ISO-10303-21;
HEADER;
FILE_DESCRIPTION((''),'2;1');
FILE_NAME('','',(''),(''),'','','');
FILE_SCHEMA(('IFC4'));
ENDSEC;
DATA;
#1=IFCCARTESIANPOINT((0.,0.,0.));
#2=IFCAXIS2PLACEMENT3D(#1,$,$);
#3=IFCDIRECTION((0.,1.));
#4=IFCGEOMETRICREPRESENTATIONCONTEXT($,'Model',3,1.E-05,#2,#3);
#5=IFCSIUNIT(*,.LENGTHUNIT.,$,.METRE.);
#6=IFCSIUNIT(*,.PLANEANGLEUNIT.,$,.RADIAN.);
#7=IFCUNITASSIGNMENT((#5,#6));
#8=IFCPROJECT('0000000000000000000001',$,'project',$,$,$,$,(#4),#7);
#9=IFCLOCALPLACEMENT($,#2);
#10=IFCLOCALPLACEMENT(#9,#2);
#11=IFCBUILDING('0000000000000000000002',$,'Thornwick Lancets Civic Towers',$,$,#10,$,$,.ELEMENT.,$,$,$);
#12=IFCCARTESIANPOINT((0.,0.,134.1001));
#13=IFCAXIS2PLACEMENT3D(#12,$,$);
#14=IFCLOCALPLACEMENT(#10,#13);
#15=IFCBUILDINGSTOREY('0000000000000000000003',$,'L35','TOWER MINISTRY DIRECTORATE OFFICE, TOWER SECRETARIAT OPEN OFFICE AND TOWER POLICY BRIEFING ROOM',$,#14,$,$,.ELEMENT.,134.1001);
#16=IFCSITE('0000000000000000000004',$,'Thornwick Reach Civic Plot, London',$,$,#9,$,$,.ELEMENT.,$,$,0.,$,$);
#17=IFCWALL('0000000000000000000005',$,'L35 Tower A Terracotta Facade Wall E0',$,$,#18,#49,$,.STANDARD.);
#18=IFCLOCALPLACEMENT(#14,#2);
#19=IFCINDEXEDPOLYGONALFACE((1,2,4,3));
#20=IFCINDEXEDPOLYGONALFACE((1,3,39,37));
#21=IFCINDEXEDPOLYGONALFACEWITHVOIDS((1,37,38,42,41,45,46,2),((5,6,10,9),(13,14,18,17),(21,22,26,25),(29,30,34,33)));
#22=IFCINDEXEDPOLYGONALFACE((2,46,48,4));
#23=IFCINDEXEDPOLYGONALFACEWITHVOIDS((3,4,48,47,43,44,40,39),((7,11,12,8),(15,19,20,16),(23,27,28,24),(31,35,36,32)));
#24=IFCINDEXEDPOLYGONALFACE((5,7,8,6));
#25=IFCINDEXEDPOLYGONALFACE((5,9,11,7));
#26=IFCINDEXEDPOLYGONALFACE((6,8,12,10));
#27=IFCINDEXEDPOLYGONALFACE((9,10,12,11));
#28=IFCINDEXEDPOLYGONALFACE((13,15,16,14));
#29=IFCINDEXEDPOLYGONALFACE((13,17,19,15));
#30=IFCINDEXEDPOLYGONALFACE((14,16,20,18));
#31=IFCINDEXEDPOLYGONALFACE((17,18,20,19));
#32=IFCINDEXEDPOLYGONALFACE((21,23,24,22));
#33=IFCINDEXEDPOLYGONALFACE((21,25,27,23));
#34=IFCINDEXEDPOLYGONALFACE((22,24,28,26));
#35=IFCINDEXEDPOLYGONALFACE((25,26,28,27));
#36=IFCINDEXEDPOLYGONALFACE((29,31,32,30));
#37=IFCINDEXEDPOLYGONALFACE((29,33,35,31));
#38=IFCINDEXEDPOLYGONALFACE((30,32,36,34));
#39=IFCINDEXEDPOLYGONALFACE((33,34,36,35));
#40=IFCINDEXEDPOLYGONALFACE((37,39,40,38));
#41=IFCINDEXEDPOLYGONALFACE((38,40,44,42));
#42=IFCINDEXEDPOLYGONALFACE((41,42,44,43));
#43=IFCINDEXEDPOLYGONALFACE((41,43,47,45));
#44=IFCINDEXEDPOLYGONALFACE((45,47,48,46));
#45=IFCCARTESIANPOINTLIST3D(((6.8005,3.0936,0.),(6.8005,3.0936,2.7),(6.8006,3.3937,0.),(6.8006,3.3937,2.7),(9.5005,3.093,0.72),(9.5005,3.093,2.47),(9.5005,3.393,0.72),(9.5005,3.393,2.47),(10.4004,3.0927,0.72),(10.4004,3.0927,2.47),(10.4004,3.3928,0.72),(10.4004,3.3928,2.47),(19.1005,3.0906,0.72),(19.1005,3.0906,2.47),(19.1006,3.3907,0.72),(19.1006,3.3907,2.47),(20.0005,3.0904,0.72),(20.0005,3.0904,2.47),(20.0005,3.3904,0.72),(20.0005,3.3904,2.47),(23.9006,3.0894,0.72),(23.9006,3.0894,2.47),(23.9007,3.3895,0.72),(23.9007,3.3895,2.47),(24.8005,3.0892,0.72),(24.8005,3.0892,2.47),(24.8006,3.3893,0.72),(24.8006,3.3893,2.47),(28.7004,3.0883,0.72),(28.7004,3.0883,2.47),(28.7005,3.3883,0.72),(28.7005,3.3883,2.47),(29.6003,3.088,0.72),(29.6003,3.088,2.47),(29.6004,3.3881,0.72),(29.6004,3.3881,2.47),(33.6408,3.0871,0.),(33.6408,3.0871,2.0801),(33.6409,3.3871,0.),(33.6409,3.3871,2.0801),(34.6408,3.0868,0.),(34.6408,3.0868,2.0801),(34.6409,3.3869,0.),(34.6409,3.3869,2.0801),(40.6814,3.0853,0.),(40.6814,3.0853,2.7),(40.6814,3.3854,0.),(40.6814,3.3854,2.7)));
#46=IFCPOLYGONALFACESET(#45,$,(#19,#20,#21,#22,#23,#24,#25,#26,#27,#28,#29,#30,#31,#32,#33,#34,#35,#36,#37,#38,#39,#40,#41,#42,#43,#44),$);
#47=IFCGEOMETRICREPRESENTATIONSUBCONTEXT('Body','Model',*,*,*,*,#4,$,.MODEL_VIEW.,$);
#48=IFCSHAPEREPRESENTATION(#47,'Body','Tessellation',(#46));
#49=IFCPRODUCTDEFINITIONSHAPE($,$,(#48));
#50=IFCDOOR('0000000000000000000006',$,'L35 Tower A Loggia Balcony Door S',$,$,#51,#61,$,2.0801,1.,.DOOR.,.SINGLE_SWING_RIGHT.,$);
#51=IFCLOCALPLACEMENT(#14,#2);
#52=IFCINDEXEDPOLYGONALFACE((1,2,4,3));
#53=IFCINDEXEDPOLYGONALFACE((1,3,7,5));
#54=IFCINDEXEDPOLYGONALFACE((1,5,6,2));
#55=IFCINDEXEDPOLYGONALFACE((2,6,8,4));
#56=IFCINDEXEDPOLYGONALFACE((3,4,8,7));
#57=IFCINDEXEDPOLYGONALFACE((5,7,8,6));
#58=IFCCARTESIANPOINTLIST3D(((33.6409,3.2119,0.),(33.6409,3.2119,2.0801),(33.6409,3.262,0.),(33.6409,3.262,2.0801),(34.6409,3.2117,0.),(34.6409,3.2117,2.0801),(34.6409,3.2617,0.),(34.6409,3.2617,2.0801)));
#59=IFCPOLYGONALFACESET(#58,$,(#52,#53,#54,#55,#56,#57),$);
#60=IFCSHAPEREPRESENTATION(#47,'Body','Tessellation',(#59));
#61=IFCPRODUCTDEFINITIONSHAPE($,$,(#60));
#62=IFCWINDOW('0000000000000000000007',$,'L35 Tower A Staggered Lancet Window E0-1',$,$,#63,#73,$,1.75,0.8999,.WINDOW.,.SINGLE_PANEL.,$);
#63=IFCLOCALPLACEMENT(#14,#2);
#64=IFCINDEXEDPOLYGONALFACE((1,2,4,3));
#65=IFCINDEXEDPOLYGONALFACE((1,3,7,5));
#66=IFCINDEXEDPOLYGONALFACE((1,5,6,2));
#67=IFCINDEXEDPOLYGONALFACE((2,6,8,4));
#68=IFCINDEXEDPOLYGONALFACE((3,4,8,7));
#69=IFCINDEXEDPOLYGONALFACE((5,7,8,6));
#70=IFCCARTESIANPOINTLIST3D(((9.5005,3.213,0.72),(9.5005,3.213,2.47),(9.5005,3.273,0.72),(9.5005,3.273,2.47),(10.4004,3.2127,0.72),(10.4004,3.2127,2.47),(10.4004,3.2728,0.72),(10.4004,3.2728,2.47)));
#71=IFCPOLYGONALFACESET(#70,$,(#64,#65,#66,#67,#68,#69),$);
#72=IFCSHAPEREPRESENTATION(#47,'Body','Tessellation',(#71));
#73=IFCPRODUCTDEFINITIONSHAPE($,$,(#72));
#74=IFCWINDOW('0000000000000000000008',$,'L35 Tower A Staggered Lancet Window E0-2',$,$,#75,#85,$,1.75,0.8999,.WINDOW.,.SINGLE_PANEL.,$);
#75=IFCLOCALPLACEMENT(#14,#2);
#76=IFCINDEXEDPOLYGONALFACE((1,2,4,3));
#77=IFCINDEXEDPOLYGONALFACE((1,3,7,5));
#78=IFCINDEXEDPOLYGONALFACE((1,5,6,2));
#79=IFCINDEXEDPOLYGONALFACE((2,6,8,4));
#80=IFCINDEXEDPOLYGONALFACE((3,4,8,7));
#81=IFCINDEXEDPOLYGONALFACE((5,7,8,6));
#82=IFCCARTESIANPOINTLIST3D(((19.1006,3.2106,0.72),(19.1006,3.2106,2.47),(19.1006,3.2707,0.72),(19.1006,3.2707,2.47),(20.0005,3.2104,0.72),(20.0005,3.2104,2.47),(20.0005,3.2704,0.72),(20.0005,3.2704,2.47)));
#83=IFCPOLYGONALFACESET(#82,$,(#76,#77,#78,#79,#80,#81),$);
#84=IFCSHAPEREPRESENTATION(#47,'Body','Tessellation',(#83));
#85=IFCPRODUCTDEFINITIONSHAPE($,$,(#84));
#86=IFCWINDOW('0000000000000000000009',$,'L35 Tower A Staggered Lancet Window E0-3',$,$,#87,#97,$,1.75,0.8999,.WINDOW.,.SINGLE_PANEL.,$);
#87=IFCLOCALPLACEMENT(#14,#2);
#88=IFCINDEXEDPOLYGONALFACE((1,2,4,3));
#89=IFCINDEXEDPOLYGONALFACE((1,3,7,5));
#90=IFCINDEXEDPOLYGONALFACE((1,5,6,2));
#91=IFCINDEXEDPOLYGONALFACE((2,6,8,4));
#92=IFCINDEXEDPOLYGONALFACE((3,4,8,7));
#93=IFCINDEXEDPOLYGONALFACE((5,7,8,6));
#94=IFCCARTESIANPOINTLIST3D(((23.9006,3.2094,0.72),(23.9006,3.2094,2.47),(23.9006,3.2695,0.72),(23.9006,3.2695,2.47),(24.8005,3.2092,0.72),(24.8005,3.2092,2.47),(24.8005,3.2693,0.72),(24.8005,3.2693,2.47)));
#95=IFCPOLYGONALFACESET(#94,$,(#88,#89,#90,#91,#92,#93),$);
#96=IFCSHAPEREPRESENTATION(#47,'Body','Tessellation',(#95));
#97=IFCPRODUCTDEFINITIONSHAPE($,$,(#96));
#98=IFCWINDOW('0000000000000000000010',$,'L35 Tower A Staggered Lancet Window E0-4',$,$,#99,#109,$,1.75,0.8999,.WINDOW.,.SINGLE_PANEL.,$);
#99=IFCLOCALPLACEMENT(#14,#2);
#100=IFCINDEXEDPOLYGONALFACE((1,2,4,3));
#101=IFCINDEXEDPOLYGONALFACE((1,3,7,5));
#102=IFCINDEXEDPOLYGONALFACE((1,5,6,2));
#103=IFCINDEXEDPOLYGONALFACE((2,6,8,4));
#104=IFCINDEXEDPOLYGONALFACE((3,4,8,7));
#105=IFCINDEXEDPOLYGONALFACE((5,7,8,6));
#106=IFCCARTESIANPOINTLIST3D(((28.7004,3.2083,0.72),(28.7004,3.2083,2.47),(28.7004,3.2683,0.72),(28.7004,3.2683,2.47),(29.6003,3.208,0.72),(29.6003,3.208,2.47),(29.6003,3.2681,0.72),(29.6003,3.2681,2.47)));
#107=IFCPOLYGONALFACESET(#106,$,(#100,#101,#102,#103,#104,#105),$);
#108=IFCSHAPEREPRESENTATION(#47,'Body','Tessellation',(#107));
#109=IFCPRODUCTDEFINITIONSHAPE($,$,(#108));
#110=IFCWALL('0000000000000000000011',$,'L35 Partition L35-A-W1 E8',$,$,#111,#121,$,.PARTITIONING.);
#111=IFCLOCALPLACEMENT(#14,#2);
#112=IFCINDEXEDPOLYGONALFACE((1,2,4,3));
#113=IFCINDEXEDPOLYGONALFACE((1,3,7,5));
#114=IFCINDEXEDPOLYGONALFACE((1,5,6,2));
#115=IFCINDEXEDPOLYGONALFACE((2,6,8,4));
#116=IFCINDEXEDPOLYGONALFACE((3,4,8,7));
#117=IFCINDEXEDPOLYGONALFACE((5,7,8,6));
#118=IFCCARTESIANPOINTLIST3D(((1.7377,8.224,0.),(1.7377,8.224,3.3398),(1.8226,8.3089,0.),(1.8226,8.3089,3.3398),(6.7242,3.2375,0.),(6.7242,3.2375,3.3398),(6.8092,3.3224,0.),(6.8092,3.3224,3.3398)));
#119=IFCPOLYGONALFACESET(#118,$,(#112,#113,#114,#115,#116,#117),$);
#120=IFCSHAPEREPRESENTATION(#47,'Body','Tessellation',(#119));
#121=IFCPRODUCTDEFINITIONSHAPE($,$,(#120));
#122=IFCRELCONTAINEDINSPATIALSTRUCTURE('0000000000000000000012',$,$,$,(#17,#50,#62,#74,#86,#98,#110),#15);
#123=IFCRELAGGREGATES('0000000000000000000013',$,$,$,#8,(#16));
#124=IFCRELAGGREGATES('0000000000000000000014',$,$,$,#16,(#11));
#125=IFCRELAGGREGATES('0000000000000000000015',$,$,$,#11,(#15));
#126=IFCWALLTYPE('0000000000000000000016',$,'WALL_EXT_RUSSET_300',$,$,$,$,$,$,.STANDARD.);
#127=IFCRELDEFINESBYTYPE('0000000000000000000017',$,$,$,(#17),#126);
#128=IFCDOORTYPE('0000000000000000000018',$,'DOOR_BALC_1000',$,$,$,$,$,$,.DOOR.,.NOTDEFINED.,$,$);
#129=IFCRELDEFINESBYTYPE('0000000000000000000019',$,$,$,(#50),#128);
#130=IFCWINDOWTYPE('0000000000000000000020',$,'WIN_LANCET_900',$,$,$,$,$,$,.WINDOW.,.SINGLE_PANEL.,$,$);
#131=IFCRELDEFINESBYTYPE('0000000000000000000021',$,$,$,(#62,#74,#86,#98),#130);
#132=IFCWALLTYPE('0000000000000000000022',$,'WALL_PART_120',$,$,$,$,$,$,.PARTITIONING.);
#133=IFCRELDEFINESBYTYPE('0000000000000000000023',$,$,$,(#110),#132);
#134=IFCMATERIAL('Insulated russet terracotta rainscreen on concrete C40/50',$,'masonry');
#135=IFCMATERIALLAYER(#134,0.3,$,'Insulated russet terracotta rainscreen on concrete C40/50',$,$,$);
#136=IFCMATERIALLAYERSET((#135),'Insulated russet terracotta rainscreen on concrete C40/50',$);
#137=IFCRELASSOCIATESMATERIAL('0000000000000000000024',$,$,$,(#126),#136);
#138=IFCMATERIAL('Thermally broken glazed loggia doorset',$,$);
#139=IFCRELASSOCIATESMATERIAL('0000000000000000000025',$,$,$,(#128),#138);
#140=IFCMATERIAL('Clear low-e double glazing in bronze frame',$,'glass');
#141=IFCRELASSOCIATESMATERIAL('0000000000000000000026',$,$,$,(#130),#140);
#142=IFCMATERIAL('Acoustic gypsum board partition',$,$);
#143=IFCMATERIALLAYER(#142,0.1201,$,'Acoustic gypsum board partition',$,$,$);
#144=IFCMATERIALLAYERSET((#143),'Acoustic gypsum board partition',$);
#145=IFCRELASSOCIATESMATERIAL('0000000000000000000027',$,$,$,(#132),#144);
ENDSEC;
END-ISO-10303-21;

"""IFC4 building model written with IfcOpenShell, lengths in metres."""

from ifc_helpers import new_model, si_unit, direction, frame, frame_2d, origin, place, context, subcontext, project, spatial, rectangle, extrude, material, layer, layer_set, type_object, element, fill, save


model = new_model("IFC4")

# Units and contexts
model_context = context("Model", 3, precision=1e-05, world=origin(), true_north=direction((0.0, 1.0)))
body_context = subcontext(model_context, "Body", "Model", "MODEL_VIEW")
ifc_project = project(units=[si_unit("LENGTHUNIT", "METRE"), si_unit("PLANEANGLEUNIT", "RADIAN")], contexts=[model_context])

# Site, building, storey
site_placement = place(None, origin())
site = spatial("IfcSite", under=ifc_project, at=site_placement, Name="Thornwick Reach Civic Plot, London", CompositionType="ELEMENT", RefElevation=0.0)
building_placement = place(site_placement, origin())
building = spatial("IfcBuilding", under=site, at=building_placement, Name="Thornwick Lancets Civic Towers", CompositionType="ELEMENT")
storey_placement = place(building_placement, frame((0.0, 0.0, 134.1001)))
storey = spatial("IfcBuildingStorey", under=building, at=storey_placement, Name="L35", Description="TOWER MINISTRY DIRECTORATE OFFICE, TOWER SECRETARIAT OPEN OFFICE AND TOWER POLICY BRIEFING ROOM", CompositionType="ELEMENT", Elevation=134.1001)

# Wall, openings, door, windows
ifc_material_1 = material(Name="Insulated russet terracotta rainscreen on concrete C40/50", Category="masonry")
ifc_layer_1 = layer(ifc_material_1, 0.3, Name="Insulated russet terracotta rainscreen on concrete C40/50")
ifc_layer_set_1 = layer_set([ifc_layer_1], Name="Insulated russet terracotta rainscreen on concrete C40/50")
wall_type_1 = type_object("IfcWallType", Name="WALL_EXT_RUSSET_300", PredefinedType="STANDARD", material=ifc_layer_set_1)
wall_1_placement = place(storey_placement, frame((6.8005, 3.2437, 0.0), z_axis=(0.0, 0.0, 1.0), x_axis=(1.0, -0.000245, 0.0)))
wall_1 = element("IfcWall", 1, at=wall_1_placement, inside=storey, type_object=wall_type_1, Name="L35 Tower A Terracotta Facade Wall E0", PredefinedType="STANDARD", context=body_context, shape_type="SweptSolid", body=[
    extrude(rectangle(XDim=33.8809, YDim=0.3, at=frame_2d((16.9404, 0.0))), origin(), (0.0, 0.0, 1.0), 2.7),
])
opening_1_placement = place(wall_1_placement, frame((26.8403, 0.0, 0.0)))
opening_1 = element("IfcOpeningElement", 2, at=opening_1_placement, cuts=wall_1, PredefinedType="OPENING", context=body_context, shape_type="SweptSolid", body=[
    extrude(rectangle(XDim=1.0, YDim=2.0801, at=frame_2d((0.5, 1.04))), frame((0.0, 0.1602, 0.0), z_axis=(0.0, -1.0, 0.0), x_axis=(1.0, 0.0, 0.0)), (0.0, 0.0, 1.0), 0.3201),
])
opening_2_placement = place(wall_1_placement, frame((2.7, 0.0, 0.72)))
opening_2 = element("IfcOpeningElement", 3, at=opening_2_placement, cuts=wall_1, PredefinedType="OPENING", context=body_context, shape_type="SweptSolid", body=[
    extrude(rectangle(XDim=0.8999, YDim=1.75, at=frame_2d((0.45, 0.875))), frame((0.0, 0.1602, 0.0), z_axis=(0.0, -1.0, 0.0), x_axis=(1.0, 0.0, 0.0)), (0.0, 0.0, 1.0), 0.3201),
])
opening_3_placement = place(wall_1_placement, frame((12.3, 0.0, 0.72)))
opening_3 = element("IfcOpeningElement", 4, at=opening_3_placement, cuts=wall_1, PredefinedType="OPENING", context=body_context, shape_type="SweptSolid", body=[
    extrude(rectangle(XDim=0.8999, YDim=1.75, at=frame_2d((0.45, 0.875))), frame((0.0, 0.1602, 0.0), z_axis=(0.0, -1.0, 0.0), x_axis=(1.0, 0.0, 0.0)), (0.0, 0.0, 1.0), 0.3201),
])
opening_4_placement = place(wall_1_placement, frame((17.1001, 0.0, 0.72)))
opening_4 = element("IfcOpeningElement", 5, at=opening_4_placement, cuts=wall_1, PredefinedType="OPENING", context=body_context, shape_type="SweptSolid", body=[
    extrude(rectangle(XDim=0.8999, YDim=1.75, at=frame_2d((0.45, 0.875))), frame((0.0, 0.1602, 0.0), z_axis=(0.0, -1.0, 0.0), x_axis=(1.0, 0.0, 0.0)), (0.0, 0.0, 1.0), 0.3201),
])
opening_5_placement = place(wall_1_placement, frame((21.8999, 0.0, 0.72)))
opening_5 = element("IfcOpeningElement", 6, at=opening_5_placement, cuts=wall_1, PredefinedType="OPENING", context=body_context, shape_type="SweptSolid", body=[
    extrude(rectangle(XDim=0.8999, YDim=1.75, at=frame_2d((0.45, 0.875))), frame((0.0, 0.1602, 0.0), z_axis=(0.0, -1.0, 0.0), x_axis=(1.0, 0.0, 0.0)), (0.0, 0.0, 1.0), 0.3201),
])
ifc_material_2 = material(Name="Thermally broken glazed loggia doorset")
door_type = type_object("IfcDoorType", Name="DOOR_BALC_1000", OperationType="NOTDEFINED", PredefinedType="DOOR", material=ifc_material_2)
door_placement = place(opening_1_placement, origin())
door = element("IfcDoor", 7, at=door_placement, inside=storey, type_object=door_type, Name="L35 Tower A Loggia Balcony Door S", OperationType="SINGLE_SWING_RIGHT", OverallHeight=2.0801, OverallWidth=1.0, PredefinedType="DOOR", context=body_context, shape_type="SweptSolid", body=[
    extrude(rectangle(XDim=1.0, YDim=2.0801, at=frame_2d((0.5, 1.04))), frame((0.0, 0.0249, 0.0), z_axis=(0.0, -1.0, 0.0), x_axis=(1.0, 0.0, 0.0)), (0.0, 0.0, 1.0), 0.05),
])
fill(opening_1, door)
ifc_material_3 = material(Name="Clear low-e double glazing in bronze frame", Category="glass")
window_type = type_object("IfcWindowType", Name="WIN_LANCET_900", PartitioningType="SINGLE_PANEL", PredefinedType="WINDOW", material=ifc_material_3)
window_1_placement = place(opening_2_placement, origin())
window_1 = element("IfcWindow", 8, at=window_1_placement, inside=storey, type_object=window_type, Name="L35 Tower A Staggered Lancet Window E0-1", OverallHeight=1.75, OverallWidth=0.8999, PartitioningType="SINGLE_PANEL", PredefinedType="WINDOW", context=body_context, shape_type="SweptSolid", body=[
    extrude(rectangle(XDim=0.8999, YDim=1.75, at=frame_2d((0.45, 0.875))), frame((0.0, 0.03, 0.0), z_axis=(0.0, -1.0, 0.0), x_axis=(1.0, 0.0, 0.0)), (0.0, 0.0, 1.0), 0.0601),
])
fill(opening_2, window_1)
window_2_placement = place(opening_3_placement, origin())
window_2 = element("IfcWindow", 9, at=window_2_placement, inside=storey, type_object=window_type, Name="L35 Tower A Staggered Lancet Window E0-2", OverallHeight=1.75, OverallWidth=0.8999, PartitioningType="SINGLE_PANEL", PredefinedType="WINDOW", context=body_context, shape_type="SweptSolid", body=[
    extrude(rectangle(XDim=0.8999, YDim=1.75, at=frame_2d((0.45, 0.875))), frame((0.0, 0.03, 0.0), z_axis=(0.0, -1.0, 0.0), x_axis=(1.0, 0.0, 0.0)), (0.0, 0.0, 1.0), 0.0601),
])
fill(opening_3, window_2)
window_3_placement = place(opening_4_placement, origin())
window_3 = element("IfcWindow", 10, at=window_3_placement, inside=storey, type_object=window_type, Name="L35 Tower A Staggered Lancet Window E0-3", OverallHeight=1.75, OverallWidth=0.8999, PartitioningType="SINGLE_PANEL", PredefinedType="WINDOW", context=body_context, shape_type="SweptSolid", body=[
    extrude(rectangle(XDim=0.8999, YDim=1.75, at=frame_2d((0.45, 0.875))), frame((0.0, 0.03, 0.0), z_axis=(0.0, -1.0, 0.0), x_axis=(1.0, 0.0, 0.0)), (0.0, 0.0, 1.0), 0.0601),
])
fill(opening_4, window_3)
window_4_placement = place(opening_5_placement, origin())
window_4 = element("IfcWindow", 11, at=window_4_placement, inside=storey, type_object=window_type, Name="L35 Tower A Staggered Lancet Window E0-4", OverallHeight=1.75, OverallWidth=0.8999, PartitioningType="SINGLE_PANEL", PredefinedType="WINDOW", context=body_context, shape_type="SweptSolid", body=[
    extrude(rectangle(XDim=0.8999, YDim=1.75, at=frame_2d((0.45, 0.875))), frame((0.0, 0.03, 0.0), z_axis=(0.0, -1.0, 0.0), x_axis=(1.0, 0.0, 0.0)), (0.0, 0.0, 1.0), 0.0601),
])
fill(opening_5, window_4)

# Wall
ifc_material_4 = material(Name="Acoustic gypsum board partition")
ifc_layer_2 = layer(ifc_material_4, 0.1201, Name="Acoustic gypsum board partition")
ifc_layer_set_2 = layer_set([ifc_layer_2], Name="Acoustic gypsum board partition")
wall_type_2 = type_object("IfcWallType", Name="WALL_PART_120", PredefinedType="PARTITIONING", material=ifc_layer_set_2)
wall_2_placement = place(storey_placement, frame((6.7666, 3.28, 0.0), z_axis=(0.0, 0.0, 1.0), x_axis=(-0.707107, 0.707107, 0.0)))
element("IfcWall", 12, at=wall_2_placement, inside=storey, type_object=wall_type_2, Name="L35 Partition L35-A-W1 E8", PredefinedType="PARTITIONING", context=body_context, shape_type="SweptSolid", body=[
    extrude(rectangle(XDim=7.052, YDim=0.1201, at=frame_2d((3.5259, 0.0))), origin(), (0.0, 0.0, 1.0), 3.3398),
])

save(model, "model.ifc")
